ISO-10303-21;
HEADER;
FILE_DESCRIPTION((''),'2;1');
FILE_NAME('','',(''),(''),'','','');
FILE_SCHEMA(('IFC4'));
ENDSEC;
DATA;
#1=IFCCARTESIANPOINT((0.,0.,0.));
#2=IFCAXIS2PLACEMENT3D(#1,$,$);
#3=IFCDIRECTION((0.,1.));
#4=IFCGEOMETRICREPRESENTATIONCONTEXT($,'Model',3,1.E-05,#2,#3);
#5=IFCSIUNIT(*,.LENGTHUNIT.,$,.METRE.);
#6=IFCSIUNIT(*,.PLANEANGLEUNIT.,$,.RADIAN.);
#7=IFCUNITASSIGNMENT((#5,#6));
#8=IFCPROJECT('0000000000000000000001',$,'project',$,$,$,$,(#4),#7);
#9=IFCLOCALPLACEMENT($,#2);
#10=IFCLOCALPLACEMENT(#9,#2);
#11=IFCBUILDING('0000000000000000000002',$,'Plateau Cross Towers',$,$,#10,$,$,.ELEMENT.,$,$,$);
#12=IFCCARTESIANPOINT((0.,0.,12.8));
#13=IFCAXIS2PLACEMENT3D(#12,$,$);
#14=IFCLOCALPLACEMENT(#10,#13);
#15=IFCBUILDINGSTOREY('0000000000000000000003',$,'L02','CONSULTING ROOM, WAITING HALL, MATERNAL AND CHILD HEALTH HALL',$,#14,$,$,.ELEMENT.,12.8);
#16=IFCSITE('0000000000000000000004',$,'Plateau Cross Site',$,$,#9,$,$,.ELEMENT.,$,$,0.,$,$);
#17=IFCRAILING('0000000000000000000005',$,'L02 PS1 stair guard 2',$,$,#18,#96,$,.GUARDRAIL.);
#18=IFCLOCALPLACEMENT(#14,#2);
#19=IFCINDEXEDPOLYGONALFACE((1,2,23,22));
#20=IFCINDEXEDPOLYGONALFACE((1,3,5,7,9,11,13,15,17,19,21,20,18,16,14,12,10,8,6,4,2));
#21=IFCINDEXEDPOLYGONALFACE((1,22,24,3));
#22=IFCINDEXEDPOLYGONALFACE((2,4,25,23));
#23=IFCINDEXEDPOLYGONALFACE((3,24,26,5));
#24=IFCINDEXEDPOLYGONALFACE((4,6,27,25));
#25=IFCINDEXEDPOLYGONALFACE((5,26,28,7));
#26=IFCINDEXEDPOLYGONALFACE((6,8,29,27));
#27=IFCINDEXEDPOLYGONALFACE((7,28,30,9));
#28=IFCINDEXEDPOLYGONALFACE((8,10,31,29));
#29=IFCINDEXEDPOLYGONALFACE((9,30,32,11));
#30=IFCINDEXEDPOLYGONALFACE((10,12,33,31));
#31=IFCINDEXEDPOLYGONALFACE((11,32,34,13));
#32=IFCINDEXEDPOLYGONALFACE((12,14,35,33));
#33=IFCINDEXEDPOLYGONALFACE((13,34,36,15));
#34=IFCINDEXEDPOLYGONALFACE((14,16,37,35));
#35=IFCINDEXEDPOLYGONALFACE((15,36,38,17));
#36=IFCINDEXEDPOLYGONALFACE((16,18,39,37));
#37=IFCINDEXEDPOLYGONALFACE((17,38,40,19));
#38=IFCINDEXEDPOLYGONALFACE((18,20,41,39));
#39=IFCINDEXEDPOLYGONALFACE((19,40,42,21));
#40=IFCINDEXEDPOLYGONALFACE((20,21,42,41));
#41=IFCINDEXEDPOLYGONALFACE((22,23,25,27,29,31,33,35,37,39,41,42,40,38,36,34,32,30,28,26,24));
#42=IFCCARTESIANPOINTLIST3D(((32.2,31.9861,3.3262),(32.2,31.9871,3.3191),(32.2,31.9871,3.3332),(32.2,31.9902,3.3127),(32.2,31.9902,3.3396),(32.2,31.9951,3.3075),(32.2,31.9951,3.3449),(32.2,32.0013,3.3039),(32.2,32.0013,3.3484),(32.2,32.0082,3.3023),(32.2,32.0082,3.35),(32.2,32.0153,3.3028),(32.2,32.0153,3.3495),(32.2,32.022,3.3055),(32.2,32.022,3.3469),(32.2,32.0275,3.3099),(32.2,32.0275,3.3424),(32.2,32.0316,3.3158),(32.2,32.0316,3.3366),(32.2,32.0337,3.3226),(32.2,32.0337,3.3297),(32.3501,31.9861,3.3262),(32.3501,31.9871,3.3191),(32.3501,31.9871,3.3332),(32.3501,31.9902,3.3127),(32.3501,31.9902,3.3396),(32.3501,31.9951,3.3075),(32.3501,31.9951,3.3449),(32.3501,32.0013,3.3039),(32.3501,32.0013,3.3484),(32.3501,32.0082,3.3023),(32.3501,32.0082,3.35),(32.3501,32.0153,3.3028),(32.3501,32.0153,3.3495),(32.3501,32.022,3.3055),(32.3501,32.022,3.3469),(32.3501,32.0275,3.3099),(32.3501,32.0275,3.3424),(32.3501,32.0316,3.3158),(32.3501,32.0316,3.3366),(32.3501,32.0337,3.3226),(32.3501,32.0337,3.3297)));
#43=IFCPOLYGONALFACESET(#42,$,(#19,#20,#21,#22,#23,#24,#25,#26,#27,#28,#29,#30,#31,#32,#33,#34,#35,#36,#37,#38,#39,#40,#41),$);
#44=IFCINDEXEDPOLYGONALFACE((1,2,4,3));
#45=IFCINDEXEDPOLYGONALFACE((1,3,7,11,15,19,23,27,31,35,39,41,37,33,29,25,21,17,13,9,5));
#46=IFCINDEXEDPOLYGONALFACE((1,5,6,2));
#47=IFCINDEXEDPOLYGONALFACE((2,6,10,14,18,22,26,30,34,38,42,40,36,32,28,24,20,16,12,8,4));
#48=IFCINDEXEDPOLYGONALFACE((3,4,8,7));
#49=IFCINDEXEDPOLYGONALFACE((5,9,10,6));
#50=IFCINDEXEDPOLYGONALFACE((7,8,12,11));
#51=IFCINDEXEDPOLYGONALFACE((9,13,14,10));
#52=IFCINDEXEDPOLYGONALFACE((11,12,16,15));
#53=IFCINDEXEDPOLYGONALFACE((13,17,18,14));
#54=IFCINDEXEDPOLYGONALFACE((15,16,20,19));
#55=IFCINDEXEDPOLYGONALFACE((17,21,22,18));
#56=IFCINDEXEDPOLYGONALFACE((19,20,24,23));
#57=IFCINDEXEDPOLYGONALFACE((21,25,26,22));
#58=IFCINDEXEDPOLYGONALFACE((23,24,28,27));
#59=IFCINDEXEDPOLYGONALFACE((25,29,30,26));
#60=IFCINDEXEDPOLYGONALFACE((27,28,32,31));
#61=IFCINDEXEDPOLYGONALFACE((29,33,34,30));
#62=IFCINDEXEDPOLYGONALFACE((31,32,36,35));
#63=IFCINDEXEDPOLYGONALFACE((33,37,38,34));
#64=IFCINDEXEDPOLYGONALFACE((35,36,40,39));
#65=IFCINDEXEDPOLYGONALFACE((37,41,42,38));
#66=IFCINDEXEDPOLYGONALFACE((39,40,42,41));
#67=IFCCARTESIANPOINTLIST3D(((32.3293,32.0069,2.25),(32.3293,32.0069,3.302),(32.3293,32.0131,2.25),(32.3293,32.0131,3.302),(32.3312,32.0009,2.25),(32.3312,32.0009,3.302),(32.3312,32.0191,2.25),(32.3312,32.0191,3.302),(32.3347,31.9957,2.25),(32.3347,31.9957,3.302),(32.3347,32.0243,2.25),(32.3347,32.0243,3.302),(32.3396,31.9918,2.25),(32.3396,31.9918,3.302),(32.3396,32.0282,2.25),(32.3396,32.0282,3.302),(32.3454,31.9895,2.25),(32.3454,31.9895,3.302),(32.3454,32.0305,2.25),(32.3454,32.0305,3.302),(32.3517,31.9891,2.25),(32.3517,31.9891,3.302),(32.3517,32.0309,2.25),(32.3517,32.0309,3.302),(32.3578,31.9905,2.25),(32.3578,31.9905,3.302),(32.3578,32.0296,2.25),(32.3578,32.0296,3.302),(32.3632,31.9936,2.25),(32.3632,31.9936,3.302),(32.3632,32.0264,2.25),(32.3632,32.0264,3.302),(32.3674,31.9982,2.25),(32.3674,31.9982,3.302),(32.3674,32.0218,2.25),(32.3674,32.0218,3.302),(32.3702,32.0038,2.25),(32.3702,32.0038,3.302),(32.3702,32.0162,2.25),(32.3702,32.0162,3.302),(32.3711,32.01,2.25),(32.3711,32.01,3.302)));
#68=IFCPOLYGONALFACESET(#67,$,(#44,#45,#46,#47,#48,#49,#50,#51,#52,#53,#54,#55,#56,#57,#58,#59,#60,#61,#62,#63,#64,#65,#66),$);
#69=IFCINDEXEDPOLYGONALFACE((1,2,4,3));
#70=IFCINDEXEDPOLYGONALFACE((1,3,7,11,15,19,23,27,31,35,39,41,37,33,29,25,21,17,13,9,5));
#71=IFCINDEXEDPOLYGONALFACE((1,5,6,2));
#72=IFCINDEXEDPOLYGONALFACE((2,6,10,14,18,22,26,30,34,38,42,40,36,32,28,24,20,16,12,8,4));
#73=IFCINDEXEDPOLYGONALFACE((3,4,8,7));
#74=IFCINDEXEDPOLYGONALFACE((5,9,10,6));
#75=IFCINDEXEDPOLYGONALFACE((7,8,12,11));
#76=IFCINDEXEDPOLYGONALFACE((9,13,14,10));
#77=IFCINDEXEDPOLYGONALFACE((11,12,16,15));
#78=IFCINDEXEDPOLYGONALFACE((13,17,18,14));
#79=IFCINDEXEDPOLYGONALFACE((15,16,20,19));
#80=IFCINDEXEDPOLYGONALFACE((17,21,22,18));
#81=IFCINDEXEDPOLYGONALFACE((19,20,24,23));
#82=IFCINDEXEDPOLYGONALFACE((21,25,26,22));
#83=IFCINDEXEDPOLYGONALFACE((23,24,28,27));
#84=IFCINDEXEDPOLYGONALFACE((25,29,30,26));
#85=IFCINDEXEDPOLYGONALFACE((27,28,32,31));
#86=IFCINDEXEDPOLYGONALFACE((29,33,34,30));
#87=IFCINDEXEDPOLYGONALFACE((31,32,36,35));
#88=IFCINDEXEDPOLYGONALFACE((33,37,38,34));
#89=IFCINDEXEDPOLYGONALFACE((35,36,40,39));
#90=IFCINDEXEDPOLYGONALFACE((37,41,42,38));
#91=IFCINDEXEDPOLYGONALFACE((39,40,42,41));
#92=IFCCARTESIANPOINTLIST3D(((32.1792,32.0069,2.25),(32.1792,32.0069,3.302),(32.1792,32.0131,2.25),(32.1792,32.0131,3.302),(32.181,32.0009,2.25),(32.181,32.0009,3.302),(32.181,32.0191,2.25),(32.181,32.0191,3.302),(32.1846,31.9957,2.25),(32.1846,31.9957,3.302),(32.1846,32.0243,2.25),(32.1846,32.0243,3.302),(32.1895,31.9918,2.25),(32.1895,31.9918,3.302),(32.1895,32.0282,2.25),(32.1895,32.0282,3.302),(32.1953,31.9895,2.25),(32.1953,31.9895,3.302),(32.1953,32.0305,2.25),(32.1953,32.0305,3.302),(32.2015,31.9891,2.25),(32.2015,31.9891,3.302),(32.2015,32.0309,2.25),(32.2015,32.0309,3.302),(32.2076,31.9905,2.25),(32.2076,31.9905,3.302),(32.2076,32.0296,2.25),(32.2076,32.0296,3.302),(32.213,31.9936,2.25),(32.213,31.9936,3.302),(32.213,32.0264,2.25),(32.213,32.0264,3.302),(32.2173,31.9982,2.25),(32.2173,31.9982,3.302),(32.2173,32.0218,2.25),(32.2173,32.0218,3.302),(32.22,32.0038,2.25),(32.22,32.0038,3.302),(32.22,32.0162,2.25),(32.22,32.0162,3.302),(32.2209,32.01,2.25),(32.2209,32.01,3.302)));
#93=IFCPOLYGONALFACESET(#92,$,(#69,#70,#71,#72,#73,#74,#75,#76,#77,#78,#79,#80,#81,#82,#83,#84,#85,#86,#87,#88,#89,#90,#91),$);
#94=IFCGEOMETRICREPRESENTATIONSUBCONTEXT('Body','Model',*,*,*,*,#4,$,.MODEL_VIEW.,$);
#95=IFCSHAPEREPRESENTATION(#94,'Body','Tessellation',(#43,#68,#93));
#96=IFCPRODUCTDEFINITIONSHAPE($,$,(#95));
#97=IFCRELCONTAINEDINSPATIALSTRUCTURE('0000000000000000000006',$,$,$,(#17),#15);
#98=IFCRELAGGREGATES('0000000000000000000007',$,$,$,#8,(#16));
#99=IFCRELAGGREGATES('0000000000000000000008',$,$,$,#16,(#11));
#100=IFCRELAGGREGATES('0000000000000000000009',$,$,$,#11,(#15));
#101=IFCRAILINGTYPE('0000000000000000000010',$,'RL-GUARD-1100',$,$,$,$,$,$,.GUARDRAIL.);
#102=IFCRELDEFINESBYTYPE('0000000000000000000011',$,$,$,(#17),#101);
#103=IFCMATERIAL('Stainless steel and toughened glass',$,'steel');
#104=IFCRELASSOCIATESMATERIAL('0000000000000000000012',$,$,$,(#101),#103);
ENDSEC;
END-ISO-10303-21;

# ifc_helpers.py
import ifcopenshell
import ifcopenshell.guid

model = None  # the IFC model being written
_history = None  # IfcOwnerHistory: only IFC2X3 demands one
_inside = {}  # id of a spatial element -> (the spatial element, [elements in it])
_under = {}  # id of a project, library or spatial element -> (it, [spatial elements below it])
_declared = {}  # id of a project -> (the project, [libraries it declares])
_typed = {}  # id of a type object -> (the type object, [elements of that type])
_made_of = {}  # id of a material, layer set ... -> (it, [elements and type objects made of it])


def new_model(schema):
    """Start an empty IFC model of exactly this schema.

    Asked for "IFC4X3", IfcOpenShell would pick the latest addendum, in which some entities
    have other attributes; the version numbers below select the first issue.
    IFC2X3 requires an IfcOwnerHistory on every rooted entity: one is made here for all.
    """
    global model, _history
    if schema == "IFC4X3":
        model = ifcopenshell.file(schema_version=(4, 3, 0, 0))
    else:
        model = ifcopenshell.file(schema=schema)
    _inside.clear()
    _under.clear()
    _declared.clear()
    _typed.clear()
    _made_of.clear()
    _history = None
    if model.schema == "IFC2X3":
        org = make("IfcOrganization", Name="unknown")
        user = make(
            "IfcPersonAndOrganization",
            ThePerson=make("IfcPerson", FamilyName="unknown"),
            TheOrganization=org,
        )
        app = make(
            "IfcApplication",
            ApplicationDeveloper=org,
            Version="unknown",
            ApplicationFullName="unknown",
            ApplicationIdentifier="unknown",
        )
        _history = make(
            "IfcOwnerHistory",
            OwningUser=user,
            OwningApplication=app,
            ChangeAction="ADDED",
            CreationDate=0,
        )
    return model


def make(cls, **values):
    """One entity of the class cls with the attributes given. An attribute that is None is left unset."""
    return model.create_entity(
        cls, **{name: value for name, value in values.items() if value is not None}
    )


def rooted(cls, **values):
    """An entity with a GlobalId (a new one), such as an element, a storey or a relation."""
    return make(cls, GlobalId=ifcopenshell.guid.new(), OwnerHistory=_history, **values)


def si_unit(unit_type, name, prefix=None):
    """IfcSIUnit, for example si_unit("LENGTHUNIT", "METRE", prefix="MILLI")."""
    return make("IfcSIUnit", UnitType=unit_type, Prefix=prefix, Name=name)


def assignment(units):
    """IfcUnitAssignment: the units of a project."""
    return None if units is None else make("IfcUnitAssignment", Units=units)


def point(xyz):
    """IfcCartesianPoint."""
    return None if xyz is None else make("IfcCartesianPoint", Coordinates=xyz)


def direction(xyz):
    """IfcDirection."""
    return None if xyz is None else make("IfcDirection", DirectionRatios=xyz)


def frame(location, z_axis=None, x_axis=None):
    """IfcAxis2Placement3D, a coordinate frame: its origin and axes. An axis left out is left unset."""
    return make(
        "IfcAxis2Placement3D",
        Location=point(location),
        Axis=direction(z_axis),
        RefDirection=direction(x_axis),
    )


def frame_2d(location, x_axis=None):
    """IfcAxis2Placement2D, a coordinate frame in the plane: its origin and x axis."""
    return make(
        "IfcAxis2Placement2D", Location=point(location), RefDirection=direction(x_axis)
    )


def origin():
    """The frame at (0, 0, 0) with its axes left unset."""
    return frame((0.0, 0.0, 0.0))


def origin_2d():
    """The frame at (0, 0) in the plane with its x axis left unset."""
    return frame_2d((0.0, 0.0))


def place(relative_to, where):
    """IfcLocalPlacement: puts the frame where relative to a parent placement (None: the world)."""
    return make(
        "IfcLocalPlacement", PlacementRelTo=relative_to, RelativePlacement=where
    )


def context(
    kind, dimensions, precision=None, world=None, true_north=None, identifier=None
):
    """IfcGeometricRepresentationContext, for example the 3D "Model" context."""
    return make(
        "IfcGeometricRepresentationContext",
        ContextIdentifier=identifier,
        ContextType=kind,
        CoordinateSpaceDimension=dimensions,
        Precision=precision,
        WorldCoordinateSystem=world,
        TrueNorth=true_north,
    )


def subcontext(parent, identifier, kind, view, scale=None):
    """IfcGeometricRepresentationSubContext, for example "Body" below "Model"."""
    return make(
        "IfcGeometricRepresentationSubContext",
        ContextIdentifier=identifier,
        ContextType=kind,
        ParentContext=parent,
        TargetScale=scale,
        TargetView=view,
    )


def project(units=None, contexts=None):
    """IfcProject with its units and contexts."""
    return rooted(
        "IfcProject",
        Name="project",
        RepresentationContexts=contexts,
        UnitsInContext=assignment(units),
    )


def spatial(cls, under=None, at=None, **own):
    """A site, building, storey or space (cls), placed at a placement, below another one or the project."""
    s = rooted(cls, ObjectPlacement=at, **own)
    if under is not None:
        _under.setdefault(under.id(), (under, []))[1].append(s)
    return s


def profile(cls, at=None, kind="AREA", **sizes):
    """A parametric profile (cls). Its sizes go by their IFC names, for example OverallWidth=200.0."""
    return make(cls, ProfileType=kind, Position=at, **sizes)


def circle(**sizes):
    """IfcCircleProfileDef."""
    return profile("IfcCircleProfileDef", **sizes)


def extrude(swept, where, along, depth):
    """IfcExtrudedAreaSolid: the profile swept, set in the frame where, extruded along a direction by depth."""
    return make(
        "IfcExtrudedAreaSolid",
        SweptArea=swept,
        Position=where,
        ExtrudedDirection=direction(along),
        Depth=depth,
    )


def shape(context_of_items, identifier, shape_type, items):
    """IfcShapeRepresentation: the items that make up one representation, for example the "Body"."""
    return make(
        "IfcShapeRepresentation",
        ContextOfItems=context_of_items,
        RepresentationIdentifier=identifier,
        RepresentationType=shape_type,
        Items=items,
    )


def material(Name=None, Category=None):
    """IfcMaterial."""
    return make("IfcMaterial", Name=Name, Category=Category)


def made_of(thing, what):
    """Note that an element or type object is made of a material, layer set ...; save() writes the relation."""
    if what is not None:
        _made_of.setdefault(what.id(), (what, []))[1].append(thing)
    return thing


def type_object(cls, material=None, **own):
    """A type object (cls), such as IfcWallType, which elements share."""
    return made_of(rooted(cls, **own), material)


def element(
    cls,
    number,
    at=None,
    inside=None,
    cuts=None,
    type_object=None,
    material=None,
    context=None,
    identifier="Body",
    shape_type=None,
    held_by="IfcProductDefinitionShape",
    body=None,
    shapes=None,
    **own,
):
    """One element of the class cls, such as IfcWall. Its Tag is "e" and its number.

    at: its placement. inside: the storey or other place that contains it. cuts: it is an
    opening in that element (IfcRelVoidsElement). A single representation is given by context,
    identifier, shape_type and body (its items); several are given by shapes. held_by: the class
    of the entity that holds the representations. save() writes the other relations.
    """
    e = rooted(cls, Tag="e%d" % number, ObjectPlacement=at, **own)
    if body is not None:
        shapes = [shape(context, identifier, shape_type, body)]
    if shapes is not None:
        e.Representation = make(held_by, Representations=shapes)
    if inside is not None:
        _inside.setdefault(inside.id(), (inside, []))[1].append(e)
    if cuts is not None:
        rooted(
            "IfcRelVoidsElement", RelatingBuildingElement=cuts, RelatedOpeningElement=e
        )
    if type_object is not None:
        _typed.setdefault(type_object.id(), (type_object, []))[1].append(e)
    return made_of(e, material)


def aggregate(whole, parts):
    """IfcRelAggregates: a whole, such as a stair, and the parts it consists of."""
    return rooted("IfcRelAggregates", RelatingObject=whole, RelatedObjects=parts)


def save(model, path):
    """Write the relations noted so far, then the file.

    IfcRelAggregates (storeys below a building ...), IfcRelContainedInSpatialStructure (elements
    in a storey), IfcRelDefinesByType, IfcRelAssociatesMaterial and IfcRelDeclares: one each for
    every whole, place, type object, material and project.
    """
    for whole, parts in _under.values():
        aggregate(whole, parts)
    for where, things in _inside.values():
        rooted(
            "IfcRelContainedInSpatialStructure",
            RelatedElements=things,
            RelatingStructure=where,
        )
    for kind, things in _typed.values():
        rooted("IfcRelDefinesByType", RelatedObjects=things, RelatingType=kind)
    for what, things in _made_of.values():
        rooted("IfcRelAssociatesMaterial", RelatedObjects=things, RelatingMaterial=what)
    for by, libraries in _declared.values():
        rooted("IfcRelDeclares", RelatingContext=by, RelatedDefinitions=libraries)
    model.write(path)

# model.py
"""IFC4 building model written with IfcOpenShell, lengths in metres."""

from ifc_helpers import new_model, si_unit, direction, frame, origin, origin_2d, place, context, subcontext, project, spatial, circle, extrude, material, type_object, element, save


model = new_model("IFC4")

# Units and contexts
model_context = context("Model", 3, precision=1e-05, world=origin(), true_north=direction((0.0, 1.0)))
body_context = subcontext(model_context, "Body", "Model", "MODEL_VIEW")
ifc_project = project(units=[si_unit("LENGTHUNIT", "METRE"), si_unit("PLANEANGLEUNIT", "RADIAN")], contexts=[model_context])

# Site, building, storey
site_placement = place(None, origin())
site = spatial("IfcSite", under=ifc_project, at=site_placement, Name="Plateau Cross Site", CompositionType="ELEMENT", RefElevation=0.0)
building_placement = place(site_placement, origin())
building = spatial("IfcBuilding", under=site, at=building_placement, Name="Plateau Cross Towers", CompositionType="ELEMENT")
storey_placement = place(building_placement, frame((0.0, 0.0, 12.8)))
storey = spatial("IfcBuildingStorey", under=building, at=storey_placement, Name="L02", Description="CONSULTING ROOM, WAITING HALL, MATERNAL AND CHILD HEALTH HALL", CompositionType="ELEMENT", Elevation=12.8)

# Railing
ifc_material_1 = material(Name="Stainless steel and toughened glass", Category="steel")
railing_type_1 = type_object("IfcRailingType", Name="RL-GUARD-1100", PredefinedType="GUARDRAIL", material=ifc_material_1)
railing_1_placement = place(storey_placement, frame((32.3501, 32.01, 2.25)))
element("IfcRailing", 1, at=railing_1_placement, inside=storey, type_object=railing_type_1, Name="L02 PS1 stair guard 2", PredefinedType="GUARDRAIL", context=body_context, shape_type="SweptSolid", body=[
    extrude(circle(Radius=0.0239, at=origin_2d()), frame((0.0, 0.0, 1.0762), z_axis=(-1.0, 0.0, 0.0), x_axis=(0.0, -1.0, 0.0)), (0.0, 0.0, 1.0), 0.1501),
    extrude(circle(Radius=0.021, at=origin_2d()), origin(), (0.0, 0.0, 1.0), 1.052),
    extrude(circle(Radius=0.021, at=origin_2d()), frame((-0.1501, 0.0, 0.0)), (0.0, 0.0, 1.0), 1.052),
])

save(model, "model.ifc")
